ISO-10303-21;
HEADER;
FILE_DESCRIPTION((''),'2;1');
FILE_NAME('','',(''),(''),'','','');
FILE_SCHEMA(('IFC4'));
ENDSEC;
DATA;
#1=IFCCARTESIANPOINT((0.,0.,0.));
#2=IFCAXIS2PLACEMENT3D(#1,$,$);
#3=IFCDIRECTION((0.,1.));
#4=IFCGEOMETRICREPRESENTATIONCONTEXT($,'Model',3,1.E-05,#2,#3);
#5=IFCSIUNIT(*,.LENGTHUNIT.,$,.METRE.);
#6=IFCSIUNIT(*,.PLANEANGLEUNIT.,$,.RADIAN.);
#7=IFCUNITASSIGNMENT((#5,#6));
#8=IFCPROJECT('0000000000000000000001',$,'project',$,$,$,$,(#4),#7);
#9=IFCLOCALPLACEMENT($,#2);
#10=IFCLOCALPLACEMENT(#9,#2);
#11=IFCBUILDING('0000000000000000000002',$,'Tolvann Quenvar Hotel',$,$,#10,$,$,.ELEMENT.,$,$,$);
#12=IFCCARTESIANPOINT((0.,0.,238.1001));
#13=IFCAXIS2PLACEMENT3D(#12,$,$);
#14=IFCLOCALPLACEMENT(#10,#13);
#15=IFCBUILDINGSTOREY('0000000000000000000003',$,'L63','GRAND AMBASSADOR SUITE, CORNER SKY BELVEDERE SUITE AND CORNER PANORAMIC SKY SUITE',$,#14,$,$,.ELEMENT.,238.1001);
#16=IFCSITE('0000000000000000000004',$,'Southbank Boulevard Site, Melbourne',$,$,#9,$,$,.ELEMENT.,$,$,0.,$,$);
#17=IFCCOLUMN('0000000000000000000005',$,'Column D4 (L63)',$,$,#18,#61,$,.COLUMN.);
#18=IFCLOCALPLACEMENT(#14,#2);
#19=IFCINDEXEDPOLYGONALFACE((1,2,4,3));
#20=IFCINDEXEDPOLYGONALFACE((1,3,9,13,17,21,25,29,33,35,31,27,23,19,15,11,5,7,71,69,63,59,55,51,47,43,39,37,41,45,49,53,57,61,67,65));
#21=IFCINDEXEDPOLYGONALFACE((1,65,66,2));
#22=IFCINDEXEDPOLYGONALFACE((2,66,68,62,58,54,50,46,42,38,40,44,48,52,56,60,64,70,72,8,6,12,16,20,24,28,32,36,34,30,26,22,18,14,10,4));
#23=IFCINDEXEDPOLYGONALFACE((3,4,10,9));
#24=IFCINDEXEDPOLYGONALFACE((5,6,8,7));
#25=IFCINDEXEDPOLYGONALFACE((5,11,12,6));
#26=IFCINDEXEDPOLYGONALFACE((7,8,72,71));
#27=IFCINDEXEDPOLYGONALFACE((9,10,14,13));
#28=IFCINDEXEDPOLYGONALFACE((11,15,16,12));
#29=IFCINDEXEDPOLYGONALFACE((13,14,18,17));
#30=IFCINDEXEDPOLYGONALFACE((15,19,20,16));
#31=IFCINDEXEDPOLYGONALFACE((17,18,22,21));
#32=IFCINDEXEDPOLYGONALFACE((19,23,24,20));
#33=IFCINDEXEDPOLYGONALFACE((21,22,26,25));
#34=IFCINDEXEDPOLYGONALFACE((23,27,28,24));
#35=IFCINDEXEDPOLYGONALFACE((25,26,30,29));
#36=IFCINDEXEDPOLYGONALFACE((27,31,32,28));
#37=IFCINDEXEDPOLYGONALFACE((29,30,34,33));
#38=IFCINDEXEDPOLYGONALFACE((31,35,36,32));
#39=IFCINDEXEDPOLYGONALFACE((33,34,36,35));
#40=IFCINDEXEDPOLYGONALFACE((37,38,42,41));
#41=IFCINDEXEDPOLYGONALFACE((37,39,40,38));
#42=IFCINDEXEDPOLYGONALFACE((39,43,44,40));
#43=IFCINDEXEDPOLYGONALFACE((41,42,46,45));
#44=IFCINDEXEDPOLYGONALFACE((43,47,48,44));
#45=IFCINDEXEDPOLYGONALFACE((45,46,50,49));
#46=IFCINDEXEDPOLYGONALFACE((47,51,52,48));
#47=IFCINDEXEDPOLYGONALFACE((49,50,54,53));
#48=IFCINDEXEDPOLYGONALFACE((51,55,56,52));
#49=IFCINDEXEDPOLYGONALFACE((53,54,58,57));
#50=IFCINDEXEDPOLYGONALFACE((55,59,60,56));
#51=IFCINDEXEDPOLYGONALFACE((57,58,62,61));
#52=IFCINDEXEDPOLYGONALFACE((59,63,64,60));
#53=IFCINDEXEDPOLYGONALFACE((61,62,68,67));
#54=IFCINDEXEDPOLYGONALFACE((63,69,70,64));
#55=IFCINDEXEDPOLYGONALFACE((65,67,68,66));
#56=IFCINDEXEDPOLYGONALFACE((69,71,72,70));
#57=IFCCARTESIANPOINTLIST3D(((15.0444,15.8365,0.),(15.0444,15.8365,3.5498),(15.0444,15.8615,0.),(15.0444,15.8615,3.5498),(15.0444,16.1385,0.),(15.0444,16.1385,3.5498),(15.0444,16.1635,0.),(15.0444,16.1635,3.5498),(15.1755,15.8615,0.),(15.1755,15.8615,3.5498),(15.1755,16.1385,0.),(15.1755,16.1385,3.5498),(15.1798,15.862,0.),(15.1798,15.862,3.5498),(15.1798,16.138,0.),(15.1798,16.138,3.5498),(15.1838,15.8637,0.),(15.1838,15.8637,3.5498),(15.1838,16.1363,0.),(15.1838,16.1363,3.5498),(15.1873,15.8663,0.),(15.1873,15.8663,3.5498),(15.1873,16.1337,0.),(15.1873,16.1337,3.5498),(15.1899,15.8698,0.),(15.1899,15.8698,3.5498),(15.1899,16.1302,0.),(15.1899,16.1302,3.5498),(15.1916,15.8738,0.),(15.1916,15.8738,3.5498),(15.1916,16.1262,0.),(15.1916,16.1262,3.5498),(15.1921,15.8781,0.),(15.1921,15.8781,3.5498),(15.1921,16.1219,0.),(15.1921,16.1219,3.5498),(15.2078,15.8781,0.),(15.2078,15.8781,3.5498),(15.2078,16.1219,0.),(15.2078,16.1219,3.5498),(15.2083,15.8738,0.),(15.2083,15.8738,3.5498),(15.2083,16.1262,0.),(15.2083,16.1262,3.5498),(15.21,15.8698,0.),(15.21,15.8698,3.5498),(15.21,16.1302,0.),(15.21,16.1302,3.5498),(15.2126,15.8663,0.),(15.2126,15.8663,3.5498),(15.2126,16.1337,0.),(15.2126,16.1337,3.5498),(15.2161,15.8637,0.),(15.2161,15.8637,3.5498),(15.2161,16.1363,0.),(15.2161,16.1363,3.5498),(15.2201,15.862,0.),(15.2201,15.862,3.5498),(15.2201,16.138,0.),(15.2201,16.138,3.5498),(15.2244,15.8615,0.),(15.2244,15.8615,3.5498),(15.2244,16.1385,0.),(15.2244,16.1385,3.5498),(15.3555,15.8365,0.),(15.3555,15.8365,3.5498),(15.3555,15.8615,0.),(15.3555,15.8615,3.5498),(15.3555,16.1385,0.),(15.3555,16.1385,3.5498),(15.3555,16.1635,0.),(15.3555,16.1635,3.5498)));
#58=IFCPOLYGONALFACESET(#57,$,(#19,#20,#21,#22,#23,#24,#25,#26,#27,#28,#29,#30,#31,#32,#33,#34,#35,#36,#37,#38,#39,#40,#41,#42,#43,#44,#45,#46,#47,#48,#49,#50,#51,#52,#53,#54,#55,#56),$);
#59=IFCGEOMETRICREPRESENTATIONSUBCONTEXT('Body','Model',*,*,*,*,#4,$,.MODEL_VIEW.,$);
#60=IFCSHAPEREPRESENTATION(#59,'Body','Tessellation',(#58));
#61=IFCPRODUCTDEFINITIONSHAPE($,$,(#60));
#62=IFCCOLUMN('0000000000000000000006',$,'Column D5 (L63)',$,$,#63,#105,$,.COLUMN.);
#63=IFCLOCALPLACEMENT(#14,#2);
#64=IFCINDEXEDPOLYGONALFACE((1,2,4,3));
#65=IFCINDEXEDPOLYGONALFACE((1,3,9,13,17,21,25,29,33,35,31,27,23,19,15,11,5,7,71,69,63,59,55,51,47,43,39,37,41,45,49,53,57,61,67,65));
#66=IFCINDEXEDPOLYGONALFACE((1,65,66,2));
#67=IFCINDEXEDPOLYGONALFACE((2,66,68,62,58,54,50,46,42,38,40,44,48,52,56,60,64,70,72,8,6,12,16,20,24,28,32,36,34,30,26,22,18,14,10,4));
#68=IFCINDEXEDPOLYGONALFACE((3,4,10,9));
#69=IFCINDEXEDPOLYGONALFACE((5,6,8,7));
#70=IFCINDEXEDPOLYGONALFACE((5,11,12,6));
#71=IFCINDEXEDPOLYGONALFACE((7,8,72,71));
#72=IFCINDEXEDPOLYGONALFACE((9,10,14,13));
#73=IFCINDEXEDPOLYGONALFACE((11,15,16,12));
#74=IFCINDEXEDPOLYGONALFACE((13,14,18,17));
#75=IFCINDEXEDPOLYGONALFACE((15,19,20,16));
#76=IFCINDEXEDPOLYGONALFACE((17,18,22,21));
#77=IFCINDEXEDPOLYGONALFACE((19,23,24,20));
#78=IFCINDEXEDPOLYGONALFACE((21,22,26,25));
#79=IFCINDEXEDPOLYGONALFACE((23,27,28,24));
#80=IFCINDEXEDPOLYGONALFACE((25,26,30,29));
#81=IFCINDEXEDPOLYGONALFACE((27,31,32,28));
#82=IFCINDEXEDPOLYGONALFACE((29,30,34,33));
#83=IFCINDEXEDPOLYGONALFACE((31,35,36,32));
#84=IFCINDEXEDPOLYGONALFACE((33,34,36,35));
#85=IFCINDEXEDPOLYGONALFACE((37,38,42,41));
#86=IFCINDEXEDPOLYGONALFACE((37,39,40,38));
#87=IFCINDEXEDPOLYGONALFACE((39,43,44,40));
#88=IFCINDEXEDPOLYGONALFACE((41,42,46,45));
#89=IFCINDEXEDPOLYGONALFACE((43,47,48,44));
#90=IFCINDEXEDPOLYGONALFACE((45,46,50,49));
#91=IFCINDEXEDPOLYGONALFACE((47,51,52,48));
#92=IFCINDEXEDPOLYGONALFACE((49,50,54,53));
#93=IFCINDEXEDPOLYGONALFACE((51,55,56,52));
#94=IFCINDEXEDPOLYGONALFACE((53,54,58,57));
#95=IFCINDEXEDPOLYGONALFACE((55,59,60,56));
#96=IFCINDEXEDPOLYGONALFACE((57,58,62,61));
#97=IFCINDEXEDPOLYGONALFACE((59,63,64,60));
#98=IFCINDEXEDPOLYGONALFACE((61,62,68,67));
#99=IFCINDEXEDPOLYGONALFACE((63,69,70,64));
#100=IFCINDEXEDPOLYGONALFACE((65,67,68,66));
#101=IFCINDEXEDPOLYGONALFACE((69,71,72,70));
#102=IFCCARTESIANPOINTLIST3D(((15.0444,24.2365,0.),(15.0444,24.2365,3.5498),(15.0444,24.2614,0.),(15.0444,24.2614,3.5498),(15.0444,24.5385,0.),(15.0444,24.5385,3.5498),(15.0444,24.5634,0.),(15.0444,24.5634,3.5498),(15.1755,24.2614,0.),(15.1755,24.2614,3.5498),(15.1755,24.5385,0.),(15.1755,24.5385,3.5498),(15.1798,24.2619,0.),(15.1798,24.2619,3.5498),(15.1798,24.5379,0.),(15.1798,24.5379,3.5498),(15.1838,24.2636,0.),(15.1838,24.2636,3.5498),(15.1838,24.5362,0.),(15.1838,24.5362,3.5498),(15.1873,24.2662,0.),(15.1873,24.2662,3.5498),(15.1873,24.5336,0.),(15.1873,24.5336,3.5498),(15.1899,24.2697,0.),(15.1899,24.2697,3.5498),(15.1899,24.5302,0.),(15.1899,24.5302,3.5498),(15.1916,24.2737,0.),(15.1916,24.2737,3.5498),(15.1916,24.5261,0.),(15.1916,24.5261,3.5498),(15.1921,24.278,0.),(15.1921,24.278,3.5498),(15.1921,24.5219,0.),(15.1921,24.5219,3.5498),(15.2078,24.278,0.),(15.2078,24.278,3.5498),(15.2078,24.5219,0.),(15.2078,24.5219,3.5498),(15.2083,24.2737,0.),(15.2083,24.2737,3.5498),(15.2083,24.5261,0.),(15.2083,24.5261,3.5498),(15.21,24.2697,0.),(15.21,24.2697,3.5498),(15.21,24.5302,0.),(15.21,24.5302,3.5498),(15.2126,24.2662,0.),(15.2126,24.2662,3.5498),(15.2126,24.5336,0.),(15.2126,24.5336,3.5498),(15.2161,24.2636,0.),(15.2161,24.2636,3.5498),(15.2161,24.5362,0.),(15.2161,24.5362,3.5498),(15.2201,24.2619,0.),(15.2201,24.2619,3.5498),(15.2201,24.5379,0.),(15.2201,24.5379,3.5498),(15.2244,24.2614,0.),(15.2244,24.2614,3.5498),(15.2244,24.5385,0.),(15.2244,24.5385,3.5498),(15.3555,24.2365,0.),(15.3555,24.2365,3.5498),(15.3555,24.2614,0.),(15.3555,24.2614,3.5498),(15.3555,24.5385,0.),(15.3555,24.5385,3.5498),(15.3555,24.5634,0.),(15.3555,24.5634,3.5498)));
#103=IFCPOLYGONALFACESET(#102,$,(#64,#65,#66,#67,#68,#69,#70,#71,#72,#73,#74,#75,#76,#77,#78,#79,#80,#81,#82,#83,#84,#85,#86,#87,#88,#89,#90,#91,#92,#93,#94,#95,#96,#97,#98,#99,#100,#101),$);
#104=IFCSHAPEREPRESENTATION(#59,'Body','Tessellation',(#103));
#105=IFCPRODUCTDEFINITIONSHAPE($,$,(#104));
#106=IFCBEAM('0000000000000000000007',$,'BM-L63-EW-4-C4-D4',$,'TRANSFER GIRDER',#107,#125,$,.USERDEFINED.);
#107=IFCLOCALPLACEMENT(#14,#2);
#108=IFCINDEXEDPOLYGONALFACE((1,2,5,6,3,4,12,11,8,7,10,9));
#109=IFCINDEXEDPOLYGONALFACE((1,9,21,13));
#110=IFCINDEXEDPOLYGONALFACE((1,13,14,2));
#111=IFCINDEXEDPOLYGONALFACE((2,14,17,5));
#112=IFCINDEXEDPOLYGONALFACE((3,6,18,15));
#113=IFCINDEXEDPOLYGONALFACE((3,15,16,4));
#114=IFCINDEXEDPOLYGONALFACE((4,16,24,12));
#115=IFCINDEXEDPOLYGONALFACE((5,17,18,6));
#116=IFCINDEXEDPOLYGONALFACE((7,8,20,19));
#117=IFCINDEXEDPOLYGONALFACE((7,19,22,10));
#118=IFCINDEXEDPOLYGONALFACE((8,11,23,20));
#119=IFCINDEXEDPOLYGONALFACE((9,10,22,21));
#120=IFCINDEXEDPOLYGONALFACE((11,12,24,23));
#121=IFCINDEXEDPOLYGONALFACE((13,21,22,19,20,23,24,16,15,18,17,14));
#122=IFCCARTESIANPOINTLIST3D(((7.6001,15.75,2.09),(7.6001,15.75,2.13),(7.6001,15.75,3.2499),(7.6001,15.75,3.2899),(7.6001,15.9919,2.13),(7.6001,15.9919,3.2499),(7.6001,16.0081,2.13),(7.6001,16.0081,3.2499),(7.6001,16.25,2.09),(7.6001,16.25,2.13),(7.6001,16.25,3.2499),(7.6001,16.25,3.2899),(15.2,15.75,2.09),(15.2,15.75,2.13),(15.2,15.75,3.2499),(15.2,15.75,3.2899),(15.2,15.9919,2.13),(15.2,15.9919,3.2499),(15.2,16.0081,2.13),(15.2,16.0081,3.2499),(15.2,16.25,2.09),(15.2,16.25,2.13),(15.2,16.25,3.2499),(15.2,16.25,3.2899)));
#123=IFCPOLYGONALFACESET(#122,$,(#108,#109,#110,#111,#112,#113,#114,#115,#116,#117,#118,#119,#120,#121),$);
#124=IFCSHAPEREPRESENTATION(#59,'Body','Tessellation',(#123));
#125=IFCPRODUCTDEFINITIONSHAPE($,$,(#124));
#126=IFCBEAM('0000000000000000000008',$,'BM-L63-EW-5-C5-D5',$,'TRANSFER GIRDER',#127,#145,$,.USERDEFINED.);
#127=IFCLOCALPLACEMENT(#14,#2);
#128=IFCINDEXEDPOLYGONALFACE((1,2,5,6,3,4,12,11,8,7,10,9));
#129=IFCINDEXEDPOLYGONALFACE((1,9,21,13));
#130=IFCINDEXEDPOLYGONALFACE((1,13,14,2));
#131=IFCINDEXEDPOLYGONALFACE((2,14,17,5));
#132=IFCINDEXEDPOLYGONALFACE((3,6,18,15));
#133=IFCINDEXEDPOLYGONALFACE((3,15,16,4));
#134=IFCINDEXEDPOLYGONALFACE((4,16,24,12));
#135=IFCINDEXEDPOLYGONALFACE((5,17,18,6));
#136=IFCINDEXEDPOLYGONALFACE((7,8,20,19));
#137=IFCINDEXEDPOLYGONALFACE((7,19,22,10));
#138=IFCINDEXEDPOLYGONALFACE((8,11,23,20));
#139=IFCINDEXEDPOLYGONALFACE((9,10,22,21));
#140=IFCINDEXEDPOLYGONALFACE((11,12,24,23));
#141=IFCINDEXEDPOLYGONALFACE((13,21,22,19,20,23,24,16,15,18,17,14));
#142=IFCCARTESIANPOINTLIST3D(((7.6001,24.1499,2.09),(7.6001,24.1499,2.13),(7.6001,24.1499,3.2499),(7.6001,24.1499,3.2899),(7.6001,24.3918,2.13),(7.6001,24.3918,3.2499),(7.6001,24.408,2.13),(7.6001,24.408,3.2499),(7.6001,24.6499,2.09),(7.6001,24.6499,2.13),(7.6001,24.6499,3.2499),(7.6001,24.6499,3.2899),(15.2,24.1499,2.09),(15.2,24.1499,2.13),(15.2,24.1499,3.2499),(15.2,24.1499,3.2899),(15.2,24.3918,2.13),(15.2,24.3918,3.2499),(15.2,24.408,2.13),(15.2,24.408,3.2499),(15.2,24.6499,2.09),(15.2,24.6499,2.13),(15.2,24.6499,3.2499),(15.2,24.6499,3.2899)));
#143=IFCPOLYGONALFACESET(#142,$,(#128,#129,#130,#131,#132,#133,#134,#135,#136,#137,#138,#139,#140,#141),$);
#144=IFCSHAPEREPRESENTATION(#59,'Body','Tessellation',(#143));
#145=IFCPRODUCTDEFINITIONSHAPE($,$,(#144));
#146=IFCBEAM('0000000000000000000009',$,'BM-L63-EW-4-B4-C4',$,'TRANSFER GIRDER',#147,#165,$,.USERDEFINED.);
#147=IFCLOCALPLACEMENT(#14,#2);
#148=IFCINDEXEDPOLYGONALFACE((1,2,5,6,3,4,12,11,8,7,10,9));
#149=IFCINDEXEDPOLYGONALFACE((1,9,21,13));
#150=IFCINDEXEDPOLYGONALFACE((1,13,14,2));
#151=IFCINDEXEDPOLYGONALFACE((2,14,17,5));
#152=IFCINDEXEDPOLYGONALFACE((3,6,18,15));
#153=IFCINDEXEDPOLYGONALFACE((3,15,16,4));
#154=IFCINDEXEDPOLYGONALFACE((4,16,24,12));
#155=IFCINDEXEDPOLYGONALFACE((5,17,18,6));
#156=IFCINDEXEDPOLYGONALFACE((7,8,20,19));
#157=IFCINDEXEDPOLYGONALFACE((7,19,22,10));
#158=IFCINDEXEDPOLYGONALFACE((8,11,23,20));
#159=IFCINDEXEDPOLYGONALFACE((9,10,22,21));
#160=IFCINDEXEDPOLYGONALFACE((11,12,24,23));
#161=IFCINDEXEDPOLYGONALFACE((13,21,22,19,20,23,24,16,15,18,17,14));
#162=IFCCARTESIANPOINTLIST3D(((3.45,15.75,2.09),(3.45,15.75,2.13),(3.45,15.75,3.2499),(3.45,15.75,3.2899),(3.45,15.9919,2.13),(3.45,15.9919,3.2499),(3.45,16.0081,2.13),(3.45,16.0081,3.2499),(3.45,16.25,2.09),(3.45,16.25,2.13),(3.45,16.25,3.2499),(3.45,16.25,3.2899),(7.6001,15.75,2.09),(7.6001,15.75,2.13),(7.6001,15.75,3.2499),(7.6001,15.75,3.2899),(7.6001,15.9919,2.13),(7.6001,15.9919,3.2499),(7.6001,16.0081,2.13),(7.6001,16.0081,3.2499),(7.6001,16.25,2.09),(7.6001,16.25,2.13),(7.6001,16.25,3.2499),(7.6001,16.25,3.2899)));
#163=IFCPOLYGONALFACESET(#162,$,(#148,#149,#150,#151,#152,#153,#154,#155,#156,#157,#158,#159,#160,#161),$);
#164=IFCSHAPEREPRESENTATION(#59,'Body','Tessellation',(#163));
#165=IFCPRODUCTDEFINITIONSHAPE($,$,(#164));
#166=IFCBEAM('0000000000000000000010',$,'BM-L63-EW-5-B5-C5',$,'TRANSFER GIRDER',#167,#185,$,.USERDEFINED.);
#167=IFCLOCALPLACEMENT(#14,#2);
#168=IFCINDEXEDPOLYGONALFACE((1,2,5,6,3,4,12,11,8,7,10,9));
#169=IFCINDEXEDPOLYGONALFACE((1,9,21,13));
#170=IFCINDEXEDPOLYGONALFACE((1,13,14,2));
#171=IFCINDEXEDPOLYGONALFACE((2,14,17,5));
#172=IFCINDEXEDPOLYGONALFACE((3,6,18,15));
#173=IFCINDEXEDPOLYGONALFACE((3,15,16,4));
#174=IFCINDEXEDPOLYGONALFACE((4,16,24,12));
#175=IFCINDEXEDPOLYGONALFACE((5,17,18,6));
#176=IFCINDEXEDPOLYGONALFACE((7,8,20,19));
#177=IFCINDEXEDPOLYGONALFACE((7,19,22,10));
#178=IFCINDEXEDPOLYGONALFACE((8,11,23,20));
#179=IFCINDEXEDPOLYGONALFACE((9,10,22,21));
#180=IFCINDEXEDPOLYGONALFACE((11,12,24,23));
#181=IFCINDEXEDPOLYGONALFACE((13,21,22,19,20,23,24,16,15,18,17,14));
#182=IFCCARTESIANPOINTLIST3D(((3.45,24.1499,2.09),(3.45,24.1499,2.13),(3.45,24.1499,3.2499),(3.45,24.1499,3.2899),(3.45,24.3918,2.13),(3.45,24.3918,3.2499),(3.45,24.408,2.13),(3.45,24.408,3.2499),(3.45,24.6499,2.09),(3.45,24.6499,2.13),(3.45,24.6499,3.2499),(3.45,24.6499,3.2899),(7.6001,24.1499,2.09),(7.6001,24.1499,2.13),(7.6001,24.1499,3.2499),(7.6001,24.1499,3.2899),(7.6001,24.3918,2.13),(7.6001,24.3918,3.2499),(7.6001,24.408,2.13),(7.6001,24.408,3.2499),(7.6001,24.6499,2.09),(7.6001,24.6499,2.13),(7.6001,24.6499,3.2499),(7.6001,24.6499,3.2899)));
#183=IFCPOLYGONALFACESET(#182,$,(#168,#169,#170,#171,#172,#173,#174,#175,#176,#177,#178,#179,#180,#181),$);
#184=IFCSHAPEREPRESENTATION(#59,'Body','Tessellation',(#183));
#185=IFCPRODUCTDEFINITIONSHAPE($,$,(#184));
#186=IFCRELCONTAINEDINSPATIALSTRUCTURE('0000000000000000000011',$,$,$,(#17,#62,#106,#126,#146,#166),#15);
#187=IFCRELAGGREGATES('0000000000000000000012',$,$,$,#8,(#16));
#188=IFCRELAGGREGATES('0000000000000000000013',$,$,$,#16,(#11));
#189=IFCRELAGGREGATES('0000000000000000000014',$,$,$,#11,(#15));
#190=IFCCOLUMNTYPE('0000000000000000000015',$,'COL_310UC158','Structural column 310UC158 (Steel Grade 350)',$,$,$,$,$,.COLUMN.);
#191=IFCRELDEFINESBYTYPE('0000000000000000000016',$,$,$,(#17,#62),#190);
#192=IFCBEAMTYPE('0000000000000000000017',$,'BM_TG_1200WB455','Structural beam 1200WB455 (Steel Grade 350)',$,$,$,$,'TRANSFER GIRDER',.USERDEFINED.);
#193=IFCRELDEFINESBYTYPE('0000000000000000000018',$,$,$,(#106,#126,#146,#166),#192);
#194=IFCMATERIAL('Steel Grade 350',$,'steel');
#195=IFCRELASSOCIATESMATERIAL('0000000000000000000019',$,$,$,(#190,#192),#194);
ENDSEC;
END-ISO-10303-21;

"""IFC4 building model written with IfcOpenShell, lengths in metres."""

from ifc_helpers import new_model, si_unit, direction, frame, origin, origin_2d, place, context, subcontext, project, spatial, i_section, extrude, source, transform, mapped, material, material_profile, profile_set, type_object, type_shapes, element, save


model = new_model("IFC4")

# Units and contexts
model_context = context("Model", 3, precision=1e-05, world=origin(), true_north=direction((0.0, 1.0)))
body_context = subcontext(model_context, "Body", "Model", "MODEL_VIEW")
ifc_project = project(units=[si_unit("LENGTHUNIT", "METRE"), si_unit("PLANEANGLEUNIT", "RADIAN")], contexts=[model_context])

# Site, building, storey
site_placement = place(None, origin())
site = spatial("IfcSite", under=ifc_project, at=site_placement, Name="Southbank Boulevard Site, Melbourne", CompositionType="ELEMENT", RefElevation=0.0)
building_placement = place(site_placement, origin())
building = spatial("IfcBuilding", under=site, at=building_placement, Name="Tolvann Quenvar Hotel", CompositionType="ELEMENT")
storey_placement = place(building_placement, frame((0.0, 0.0, 238.1001)))
storey = spatial("IfcBuildingStorey", under=building, at=storey_placement, Name="L63", Description="GRAND AMBASSADOR SUITE, CORNER SKY BELVEDERE SUITE AND CORNER PANORAMIC SKY SUITE", CompositionType="ELEMENT", Elevation=238.1001)

# Columns
ifc_material_1 = material(Name="Steel Grade 350", Category="steel")
ifc_material_profile_1 = material_profile(ifc_material_1, i_section(OverallWidth=0.311, OverallDepth=0.3269, WebThickness=0.0156, FlangeThickness=0.0249, FilletRadius=0.0166, at=origin_2d()), Name="310UC158")
ifc_profile_set_1 = profile_set([ifc_material_profile_1], Name="Steel Grade 350")
column_type_1 = type_object("IfcColumnType", Name="COL_310UC158", Description="Structural column 310UC158 (Steel Grade 350)", PredefinedType="COLUMN", material=ifc_profile_set_1)
shared_shape_1 = source(origin(), body_context, "Body", "SweptSolid", [
    extrude(i_section(OverallWidth=0.311, OverallDepth=0.3269, WebThickness=0.0156, FlangeThickness=0.0249, FilletRadius=0.0166, at=origin_2d()), origin(), (0.0, 0.0, 1.0), 3.5498),
])
type_shapes(column_type_1, [shared_shape_1])
for number, where, z_axis, x_axis, name in (
    (1, (15.2, 16.0, 0.0), (0.0, 0.0, 1.0), (1.0, 0.0, 0.0), "Column D4 (L63)"),
    (2, (15.2, 24.3999, 0.0), (0.0, 0.0, 1.0), (1.0, 0.0, 0.0), "Column D5 (L63)"),
):
    element("IfcColumn", number, at=place(storey_placement, frame(where, z_axis=z_axis, x_axis=x_axis)), inside=storey, type_object=column_type_1, Name=name, PredefinedType="COLUMN", context=body_context, shape_type="MappedRepresentation", body=[
        mapped(shared_shape_1, transform((0.0, 0.0, 0.0), x_axis=(1.0, 0.0, 0.0), y_axis=(0.0, 1.0, 0.0), z_axis=(0.0, 0.0, 1.0), scale=1.0)),
    ])

# Beams
ifc_material_profile_2 = material_profile(ifc_material_1, i_section(OverallWidth=0.5, OverallDepth=1.2, WebThickness=0.0161, FlangeThickness=0.04, at=origin_2d()), Name="1200WB455")
ifc_profile_set_2 = profile_set([ifc_material_profile_2], Name="Steel Grade 350")
beam_type_1 = type_object("IfcBeamType", Name="BM_TG_1200WB455", Description="Structural beam 1200WB455 (Steel Grade 350)", ElementType="TRANSFER GIRDER", PredefinedType="USERDEFINED", material=ifc_profile_set_2)
shared_shape_2 = source(origin(), body_context, "Body", "SweptSolid", [
    extrude(i_section(OverallWidth=0.5, OverallDepth=1.2, WebThickness=0.0161, FlangeThickness=0.04, at=origin_2d()), origin(), (0.0, 0.0, 1.0), 7.5999),
])
for number, where, z_axis, x_axis, name in (
    (3, (7.6001, 16.0, 2.6899), (1.0, 0.0, 0.0), (0.0, 1.0, 0.0), "BM-L63-EW-4-C4-D4"),
    (4, (7.6001, 24.3999, 2.6899), (1.0, 0.0, 0.0), (0.0, 1.0, 0.0), "BM-L63-EW-5-C5-D5"),
):
    element("IfcBeam", number, at=place(storey_placement, frame(where, z_axis=z_axis, x_axis=x_axis)), inside=storey, type_object=beam_type_1, Name=name, ObjectType="TRANSFER GIRDER", PredefinedType="USERDEFINED", context=body_context, shape_type="MappedRepresentation", body=[
        mapped(shared_shape_2, transform((0.0, 0.0, 0.0), x_axis=(1.0, 0.0, 0.0), y_axis=(0.0, 1.0, 0.0), z_axis=(0.0, 0.0, 1.0), scale=1.0)),
    ])
shared_shape_3 = source(origin(), body_context, "Body", "SweptSolid", [
    extrude(i_section(OverallWidth=0.5, OverallDepth=1.2, WebThickness=0.0161, FlangeThickness=0.04, at=origin_2d()), origin(), (0.0, 0.0, 1.0), 4.1501),
])
for number, where, z_axis, x_axis, name in (
    (5, (3.45, 16.0, 2.6899), (1.0, 0.0, 0.0), (0.0, 1.0, 0.0), "BM-L63-EW-4-B4-C4"),
    (6, (3.45, 24.3999, 2.6899), (1.0, 0.0, 0.0), (0.0, 1.0, 0.0), "BM-L63-EW-5-B5-C5"),
):
    element("IfcBeam", number, at=place(storey_placement, frame(where, z_axis=z_axis, x_axis=x_axis)), inside=storey, type_object=beam_type_1, Name=name, ObjectType="TRANSFER GIRDER", PredefinedType="USERDEFINED", context=body_context, shape_type="MappedRepresentation", body=[
        mapped(shared_shape_3, transform((0.0, 0.0, 0.0), x_axis=(1.0, 0.0, 0.0), y_axis=(0.0, 1.0, 0.0), z_axis=(0.0, 0.0, 1.0), scale=1.0)),
    ])

save(model, "model.ifc")
